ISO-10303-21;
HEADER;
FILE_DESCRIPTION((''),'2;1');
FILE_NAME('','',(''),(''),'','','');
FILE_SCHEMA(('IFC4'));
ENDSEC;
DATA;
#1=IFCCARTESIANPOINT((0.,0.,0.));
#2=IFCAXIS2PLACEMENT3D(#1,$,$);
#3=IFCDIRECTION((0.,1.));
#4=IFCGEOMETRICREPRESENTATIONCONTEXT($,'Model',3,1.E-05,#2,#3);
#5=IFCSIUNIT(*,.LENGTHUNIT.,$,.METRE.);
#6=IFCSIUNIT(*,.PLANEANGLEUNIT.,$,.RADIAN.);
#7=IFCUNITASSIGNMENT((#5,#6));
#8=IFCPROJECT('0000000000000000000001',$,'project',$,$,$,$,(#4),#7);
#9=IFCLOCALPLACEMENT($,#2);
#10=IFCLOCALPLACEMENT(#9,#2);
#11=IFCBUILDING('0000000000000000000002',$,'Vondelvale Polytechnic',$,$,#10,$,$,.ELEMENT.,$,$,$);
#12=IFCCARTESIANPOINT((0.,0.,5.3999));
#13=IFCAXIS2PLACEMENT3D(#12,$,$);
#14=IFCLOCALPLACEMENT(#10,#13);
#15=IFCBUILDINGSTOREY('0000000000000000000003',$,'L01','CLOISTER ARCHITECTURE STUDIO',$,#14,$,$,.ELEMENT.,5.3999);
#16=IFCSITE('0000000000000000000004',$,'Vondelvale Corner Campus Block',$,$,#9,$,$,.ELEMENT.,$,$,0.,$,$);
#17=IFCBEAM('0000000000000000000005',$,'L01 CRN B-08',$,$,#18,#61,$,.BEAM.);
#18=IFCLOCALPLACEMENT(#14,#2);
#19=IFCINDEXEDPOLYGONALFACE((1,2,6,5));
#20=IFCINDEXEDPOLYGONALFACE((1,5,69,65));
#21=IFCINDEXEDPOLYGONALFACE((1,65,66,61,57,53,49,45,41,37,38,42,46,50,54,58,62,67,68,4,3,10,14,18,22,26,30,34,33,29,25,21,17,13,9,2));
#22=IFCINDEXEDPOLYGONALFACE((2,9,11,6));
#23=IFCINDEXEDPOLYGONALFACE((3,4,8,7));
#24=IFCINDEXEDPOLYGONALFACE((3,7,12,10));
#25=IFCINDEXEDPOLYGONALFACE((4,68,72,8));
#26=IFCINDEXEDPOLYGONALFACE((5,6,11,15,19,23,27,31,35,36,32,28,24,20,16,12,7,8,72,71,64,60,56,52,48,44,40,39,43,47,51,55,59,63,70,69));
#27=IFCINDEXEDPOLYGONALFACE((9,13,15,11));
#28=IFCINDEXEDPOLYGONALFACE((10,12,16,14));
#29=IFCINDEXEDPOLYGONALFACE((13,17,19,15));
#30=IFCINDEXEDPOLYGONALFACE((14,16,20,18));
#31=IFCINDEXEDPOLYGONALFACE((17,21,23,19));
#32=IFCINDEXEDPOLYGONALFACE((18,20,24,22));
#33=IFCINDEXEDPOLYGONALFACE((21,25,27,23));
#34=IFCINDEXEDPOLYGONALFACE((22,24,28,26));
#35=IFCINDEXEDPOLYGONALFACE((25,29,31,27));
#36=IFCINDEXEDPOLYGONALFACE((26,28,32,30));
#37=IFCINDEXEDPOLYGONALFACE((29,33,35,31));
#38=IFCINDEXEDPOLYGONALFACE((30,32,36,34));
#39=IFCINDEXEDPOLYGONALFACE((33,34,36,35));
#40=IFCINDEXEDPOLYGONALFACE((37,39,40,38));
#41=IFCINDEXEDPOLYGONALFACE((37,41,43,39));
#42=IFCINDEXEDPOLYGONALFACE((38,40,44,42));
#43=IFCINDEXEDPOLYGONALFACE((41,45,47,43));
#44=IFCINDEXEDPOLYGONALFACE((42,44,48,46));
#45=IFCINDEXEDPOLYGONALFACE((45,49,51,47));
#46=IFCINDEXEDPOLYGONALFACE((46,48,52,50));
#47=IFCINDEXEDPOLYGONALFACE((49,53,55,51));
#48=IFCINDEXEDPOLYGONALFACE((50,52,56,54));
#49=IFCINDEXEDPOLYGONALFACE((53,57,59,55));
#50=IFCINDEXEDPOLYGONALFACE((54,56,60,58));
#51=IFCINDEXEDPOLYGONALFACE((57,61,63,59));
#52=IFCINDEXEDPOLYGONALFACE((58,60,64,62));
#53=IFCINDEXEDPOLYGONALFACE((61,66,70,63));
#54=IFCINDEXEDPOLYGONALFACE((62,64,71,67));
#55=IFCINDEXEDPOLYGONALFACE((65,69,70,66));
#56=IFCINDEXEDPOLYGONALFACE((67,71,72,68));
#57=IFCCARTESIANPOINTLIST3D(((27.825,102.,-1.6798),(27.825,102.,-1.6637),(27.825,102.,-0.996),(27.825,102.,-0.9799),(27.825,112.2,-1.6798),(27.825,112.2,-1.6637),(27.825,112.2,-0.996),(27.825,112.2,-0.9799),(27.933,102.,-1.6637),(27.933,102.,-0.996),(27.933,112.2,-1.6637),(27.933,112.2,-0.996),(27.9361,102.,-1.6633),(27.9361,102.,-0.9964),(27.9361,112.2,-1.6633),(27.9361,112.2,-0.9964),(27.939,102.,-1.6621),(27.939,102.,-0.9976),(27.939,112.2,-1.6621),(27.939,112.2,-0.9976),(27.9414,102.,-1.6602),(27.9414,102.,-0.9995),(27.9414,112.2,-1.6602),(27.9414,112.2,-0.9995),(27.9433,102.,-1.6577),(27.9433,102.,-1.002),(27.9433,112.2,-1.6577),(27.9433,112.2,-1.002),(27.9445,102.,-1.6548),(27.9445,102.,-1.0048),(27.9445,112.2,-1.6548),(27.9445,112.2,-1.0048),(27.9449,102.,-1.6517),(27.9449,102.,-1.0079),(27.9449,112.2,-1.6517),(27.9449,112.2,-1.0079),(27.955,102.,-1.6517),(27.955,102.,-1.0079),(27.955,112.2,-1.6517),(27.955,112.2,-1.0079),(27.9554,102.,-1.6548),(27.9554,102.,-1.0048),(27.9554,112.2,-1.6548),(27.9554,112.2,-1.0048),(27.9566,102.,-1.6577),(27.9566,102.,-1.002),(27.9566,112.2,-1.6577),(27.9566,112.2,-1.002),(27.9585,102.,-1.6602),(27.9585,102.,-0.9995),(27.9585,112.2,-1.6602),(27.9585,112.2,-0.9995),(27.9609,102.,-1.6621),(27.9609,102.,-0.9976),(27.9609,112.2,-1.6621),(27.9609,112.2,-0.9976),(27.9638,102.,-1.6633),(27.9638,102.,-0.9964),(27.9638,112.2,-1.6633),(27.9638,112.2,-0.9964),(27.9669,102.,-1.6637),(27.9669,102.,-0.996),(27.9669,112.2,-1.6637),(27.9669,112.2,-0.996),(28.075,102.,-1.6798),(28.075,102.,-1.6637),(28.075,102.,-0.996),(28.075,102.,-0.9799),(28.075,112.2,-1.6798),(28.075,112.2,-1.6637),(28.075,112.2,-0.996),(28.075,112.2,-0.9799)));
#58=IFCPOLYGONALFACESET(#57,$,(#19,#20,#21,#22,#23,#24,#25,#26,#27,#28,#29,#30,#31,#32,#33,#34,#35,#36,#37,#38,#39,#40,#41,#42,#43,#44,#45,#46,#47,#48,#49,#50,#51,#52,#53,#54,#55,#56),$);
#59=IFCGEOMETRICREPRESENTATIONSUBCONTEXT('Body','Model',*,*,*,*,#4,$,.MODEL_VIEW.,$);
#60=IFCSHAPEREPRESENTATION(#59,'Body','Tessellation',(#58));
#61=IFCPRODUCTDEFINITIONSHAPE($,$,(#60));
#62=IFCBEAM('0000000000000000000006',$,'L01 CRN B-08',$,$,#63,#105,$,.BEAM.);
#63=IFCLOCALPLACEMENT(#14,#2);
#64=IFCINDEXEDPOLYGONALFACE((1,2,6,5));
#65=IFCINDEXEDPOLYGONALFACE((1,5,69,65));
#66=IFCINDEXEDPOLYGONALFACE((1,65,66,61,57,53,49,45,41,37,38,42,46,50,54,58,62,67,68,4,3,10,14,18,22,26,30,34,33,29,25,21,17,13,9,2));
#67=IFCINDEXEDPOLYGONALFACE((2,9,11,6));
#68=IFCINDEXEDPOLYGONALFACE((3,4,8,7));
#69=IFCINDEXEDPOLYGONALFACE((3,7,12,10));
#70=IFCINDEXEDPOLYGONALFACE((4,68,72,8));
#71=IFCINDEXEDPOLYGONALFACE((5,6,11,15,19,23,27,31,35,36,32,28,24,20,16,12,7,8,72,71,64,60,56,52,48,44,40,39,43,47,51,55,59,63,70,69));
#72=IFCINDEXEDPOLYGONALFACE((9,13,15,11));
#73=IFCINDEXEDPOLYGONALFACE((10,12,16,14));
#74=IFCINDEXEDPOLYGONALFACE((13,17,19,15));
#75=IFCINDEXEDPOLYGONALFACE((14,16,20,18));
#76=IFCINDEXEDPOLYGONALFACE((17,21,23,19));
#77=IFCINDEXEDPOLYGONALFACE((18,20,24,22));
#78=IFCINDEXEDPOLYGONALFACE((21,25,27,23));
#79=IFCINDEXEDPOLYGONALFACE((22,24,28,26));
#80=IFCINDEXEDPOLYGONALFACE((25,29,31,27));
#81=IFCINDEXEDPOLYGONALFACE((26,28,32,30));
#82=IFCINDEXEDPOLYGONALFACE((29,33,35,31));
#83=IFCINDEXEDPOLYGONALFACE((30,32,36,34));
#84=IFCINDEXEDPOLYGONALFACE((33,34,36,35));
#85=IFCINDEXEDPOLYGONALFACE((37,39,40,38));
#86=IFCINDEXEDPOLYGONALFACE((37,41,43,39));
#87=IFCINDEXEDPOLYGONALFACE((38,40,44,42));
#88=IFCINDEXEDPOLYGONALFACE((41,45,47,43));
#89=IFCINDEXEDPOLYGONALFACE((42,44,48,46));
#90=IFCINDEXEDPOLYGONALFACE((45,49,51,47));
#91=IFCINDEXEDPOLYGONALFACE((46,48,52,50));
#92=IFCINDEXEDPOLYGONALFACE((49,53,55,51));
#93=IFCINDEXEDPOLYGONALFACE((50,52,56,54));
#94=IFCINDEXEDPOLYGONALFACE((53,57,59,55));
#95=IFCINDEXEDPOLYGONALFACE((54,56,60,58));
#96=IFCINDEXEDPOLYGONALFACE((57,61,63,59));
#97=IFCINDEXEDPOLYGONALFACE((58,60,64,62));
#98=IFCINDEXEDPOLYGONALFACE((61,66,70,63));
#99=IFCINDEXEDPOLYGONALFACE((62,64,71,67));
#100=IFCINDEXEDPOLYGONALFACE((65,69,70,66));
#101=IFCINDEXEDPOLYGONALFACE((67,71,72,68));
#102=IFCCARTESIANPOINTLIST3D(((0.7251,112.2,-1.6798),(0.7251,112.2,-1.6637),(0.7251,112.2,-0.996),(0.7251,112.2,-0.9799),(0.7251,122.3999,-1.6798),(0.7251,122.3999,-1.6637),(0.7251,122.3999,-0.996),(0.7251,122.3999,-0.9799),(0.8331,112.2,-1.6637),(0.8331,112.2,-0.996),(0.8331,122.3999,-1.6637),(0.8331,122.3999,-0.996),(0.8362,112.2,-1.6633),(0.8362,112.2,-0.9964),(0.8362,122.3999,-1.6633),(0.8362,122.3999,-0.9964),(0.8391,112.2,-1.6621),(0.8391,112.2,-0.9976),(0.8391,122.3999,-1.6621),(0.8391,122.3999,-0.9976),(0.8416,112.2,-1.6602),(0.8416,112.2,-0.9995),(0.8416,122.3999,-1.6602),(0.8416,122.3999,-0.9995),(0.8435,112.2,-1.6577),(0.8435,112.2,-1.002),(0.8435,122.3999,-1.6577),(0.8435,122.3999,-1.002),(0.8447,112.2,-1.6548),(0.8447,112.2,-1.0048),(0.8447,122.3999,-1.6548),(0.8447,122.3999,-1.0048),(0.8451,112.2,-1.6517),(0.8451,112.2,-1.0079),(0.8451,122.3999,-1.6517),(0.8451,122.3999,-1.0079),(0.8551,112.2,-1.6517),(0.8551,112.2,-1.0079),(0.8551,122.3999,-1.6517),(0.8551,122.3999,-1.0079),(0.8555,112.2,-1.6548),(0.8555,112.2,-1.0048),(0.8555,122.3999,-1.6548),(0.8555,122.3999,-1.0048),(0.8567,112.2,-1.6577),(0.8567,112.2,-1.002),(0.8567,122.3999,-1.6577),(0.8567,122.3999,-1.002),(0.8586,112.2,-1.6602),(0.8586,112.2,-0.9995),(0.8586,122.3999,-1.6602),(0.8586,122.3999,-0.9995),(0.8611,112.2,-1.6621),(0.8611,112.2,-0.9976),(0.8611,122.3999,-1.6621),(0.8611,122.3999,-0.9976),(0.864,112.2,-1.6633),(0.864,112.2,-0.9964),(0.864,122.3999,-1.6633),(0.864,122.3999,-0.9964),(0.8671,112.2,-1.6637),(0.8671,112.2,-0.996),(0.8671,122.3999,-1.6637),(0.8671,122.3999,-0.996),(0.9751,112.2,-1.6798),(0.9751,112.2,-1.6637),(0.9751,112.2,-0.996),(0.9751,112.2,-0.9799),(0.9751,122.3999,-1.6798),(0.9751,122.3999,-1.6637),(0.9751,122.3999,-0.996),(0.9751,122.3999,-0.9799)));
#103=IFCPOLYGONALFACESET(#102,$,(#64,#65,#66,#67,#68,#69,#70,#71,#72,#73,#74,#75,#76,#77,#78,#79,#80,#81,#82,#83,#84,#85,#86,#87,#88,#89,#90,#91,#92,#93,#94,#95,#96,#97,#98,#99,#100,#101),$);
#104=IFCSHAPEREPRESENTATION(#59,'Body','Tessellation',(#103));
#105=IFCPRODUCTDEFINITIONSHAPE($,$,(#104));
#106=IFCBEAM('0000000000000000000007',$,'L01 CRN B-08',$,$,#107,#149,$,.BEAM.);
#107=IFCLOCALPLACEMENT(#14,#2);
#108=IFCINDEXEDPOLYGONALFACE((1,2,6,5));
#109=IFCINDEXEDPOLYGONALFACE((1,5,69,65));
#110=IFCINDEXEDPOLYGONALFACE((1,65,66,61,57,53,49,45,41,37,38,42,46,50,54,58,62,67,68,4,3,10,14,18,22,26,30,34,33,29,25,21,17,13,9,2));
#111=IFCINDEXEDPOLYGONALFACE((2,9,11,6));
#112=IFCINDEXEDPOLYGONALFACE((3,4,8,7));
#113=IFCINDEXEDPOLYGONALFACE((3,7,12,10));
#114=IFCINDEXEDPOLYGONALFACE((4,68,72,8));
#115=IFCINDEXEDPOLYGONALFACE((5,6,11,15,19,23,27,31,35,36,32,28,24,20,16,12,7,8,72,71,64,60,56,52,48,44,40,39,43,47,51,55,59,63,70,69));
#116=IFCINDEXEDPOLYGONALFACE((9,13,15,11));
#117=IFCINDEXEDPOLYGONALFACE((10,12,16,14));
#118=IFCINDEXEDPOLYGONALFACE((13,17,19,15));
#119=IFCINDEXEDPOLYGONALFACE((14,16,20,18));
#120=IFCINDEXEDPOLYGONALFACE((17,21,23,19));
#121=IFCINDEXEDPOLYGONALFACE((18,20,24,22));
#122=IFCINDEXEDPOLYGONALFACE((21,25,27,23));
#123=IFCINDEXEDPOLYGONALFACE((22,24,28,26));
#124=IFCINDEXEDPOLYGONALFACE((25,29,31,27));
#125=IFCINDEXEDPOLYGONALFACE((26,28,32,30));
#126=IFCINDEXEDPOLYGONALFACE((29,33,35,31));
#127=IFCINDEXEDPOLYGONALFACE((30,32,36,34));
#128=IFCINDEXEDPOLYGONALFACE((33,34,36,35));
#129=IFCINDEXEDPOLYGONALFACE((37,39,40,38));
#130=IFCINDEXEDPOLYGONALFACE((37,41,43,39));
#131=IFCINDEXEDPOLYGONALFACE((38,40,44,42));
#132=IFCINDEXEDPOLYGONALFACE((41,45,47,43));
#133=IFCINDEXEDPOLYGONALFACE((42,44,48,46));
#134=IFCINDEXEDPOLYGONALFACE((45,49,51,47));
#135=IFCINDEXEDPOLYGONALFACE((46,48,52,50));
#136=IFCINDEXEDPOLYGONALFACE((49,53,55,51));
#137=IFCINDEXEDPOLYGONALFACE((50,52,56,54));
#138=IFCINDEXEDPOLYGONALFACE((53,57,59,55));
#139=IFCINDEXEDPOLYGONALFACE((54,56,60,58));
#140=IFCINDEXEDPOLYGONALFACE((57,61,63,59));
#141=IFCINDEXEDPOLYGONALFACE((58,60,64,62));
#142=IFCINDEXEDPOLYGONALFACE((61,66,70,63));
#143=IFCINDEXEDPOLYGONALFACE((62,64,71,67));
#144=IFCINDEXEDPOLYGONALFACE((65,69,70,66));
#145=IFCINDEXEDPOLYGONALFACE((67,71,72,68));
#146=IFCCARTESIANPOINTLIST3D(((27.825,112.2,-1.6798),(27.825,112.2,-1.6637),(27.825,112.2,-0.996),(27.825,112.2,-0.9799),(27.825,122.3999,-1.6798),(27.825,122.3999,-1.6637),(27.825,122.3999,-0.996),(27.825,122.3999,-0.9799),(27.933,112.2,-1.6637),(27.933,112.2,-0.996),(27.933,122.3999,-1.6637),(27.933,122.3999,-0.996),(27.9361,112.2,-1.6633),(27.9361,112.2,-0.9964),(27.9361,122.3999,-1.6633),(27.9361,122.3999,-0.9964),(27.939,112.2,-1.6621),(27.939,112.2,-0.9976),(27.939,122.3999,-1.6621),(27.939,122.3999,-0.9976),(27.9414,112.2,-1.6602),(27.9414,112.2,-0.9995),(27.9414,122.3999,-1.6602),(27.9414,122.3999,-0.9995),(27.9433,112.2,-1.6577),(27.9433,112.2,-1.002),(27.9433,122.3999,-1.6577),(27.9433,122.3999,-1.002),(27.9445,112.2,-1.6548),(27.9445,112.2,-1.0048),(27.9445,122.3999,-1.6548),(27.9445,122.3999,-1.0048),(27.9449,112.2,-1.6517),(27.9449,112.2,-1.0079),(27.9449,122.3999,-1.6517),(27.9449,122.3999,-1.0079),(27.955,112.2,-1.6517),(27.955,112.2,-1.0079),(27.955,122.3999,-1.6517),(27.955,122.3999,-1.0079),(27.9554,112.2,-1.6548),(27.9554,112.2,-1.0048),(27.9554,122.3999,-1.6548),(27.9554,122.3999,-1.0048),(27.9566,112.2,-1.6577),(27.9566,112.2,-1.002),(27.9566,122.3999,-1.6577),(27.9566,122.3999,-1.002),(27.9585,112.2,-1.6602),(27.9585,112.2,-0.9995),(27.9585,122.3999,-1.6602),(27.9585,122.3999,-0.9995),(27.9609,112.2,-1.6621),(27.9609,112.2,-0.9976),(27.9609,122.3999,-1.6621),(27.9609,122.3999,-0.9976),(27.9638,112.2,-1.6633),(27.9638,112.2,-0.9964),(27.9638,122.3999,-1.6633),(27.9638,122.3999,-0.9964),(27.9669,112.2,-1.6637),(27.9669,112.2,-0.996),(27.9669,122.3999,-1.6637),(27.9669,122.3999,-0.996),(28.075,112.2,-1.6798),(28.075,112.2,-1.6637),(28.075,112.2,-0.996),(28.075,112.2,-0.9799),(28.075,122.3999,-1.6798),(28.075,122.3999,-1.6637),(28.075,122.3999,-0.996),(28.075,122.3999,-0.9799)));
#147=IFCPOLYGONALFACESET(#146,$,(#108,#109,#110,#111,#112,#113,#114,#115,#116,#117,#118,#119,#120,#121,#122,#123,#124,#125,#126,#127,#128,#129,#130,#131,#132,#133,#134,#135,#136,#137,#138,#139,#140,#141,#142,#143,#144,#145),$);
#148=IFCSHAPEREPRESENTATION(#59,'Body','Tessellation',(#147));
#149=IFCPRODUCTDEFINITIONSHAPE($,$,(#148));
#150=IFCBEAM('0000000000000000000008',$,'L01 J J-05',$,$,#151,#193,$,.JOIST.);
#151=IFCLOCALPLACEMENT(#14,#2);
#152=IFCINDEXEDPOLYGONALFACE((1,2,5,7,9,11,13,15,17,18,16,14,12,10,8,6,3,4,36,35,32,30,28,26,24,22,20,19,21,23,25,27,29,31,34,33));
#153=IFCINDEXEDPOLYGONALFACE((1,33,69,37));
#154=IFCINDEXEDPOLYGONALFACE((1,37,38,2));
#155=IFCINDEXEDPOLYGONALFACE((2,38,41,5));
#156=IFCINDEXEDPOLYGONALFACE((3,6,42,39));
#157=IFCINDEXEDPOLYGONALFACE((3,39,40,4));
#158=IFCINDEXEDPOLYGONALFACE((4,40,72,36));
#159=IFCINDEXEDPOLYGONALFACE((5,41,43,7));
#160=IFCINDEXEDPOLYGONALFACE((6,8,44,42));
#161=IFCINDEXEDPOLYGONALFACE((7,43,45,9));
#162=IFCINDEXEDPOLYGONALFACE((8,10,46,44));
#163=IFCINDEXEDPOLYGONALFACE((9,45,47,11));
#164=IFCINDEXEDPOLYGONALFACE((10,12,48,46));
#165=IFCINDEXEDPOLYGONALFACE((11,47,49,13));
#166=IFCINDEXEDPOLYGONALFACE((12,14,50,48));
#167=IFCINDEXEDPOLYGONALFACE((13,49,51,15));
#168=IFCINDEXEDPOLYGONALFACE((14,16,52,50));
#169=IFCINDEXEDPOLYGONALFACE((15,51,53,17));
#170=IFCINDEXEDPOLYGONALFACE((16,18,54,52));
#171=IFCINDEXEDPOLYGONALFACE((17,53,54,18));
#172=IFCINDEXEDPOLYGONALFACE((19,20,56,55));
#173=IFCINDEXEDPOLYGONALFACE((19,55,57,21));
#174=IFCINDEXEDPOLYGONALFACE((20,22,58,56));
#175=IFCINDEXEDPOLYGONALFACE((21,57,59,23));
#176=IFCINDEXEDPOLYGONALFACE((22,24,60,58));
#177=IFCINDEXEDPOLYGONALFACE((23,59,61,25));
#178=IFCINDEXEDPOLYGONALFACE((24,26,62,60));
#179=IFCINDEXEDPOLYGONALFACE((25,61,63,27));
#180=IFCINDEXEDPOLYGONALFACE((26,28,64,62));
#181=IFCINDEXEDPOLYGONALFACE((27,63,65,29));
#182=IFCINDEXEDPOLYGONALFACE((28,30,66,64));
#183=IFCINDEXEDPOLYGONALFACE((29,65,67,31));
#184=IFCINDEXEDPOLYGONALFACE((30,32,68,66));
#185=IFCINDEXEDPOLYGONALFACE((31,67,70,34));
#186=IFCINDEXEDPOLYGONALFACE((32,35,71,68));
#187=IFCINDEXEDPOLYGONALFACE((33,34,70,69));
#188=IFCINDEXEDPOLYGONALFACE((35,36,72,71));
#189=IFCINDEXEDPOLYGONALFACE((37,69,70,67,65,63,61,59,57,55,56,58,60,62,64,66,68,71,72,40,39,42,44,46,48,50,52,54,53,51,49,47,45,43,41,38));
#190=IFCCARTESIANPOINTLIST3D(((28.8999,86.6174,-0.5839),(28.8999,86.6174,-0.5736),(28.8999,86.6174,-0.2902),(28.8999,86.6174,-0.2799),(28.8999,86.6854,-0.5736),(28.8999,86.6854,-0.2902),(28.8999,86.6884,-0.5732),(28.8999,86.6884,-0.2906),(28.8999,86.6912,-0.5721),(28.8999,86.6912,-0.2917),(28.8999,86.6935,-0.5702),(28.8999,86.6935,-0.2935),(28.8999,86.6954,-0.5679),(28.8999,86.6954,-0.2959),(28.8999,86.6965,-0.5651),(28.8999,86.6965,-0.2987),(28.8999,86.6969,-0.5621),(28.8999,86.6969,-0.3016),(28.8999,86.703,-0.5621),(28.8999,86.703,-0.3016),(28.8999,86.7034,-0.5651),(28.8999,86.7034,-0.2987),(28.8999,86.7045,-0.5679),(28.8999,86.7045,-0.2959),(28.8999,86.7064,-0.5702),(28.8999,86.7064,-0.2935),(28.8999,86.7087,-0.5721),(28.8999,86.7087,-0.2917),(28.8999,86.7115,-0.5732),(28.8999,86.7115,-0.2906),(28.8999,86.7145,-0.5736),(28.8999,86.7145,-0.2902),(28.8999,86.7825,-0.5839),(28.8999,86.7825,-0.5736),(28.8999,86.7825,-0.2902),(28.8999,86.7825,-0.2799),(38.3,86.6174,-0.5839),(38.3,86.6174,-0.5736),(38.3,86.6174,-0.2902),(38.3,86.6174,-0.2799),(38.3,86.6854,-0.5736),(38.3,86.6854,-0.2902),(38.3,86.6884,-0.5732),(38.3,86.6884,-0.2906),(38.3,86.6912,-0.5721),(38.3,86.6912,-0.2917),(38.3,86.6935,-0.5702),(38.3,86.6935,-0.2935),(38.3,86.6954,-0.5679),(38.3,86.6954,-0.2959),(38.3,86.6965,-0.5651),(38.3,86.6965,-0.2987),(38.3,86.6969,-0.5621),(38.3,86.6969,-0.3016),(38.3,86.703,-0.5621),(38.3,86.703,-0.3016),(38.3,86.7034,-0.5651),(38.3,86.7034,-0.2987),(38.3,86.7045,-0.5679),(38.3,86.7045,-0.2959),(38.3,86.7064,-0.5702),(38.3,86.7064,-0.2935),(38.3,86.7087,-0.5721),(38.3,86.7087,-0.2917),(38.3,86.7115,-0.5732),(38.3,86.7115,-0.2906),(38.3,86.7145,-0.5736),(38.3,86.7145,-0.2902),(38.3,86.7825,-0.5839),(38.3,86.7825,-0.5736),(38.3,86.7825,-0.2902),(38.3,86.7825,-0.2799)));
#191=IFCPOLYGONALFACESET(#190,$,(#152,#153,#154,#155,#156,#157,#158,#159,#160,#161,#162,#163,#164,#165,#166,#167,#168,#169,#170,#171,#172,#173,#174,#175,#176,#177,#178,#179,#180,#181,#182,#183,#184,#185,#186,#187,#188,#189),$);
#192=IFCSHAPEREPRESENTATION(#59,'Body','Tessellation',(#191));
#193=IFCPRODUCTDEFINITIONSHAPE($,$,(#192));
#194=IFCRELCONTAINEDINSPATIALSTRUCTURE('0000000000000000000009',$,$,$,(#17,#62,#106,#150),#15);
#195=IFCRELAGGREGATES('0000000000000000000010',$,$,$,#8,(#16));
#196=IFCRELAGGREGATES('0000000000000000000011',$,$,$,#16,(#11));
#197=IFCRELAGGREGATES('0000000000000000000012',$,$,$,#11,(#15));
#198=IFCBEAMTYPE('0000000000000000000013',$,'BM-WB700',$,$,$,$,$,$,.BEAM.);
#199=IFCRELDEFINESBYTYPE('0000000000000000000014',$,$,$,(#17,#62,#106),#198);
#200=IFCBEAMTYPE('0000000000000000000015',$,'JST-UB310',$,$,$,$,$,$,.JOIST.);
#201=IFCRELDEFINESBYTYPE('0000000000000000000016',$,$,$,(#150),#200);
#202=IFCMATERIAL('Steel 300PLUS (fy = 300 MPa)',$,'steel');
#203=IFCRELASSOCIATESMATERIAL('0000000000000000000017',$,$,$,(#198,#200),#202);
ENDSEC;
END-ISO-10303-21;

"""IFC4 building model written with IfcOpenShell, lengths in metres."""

from ifc_helpers import new_model, si_unit, direction, frame, origin, origin_2d, place, context, subcontext, project, spatial, i_section, extrude, material, material_profile, profile_set, type_object, element, save


model = new_model("IFC4")

# Units and contexts
model_context = context("Model", 3, precision=1e-05, world=origin(), true_north=direction((0.0, 1.0)))
body_context = subcontext(model_context, "Body", "Model", "MODEL_VIEW")
ifc_project = project(units=[si_unit("LENGTHUNIT", "METRE"), si_unit("PLANEANGLEUNIT", "RADIAN")], contexts=[model_context])

# Site, building, storey
site_placement = place(None, origin())
site = spatial("IfcSite", under=ifc_project, at=site_placement, Name="Vondelvale Corner Campus Block", CompositionType="ELEMENT", RefElevation=0.0)
building_placement = place(site_placement, origin())
building = spatial("IfcBuilding", under=site, at=building_placement, Name="Vondelvale Polytechnic", CompositionType="ELEMENT")
storey_placement = place(building_placement, frame((0.0, 0.0, 5.3999)))
storey = spatial("IfcBuildingStorey", under=building, at=storey_placement, Name="L01", Description="CLOISTER ARCHITECTURE STUDIO", CompositionType="ELEMENT", Elevation=5.3999)

# Shared definitions
ifc_material_1 = material(Name="Steel 300PLUS (fy = 300 MPa)", Category="steel")

# Beams
ifc_material_profile_1 = material_profile(ifc_material_1, i_section(OverallWidth=0.25, OverallDepth=0.7, WebThickness=0.01, FlangeThickness=0.0161, FilletRadius=0.012, at=origin_2d()), Name="700WB130")
ifc_profile_set_1 = profile_set([ifc_material_profile_1], Name="Steel 300PLUS (fy = 300 MPa)")
beam_type_1 = type_object("IfcBeamType", Name="BM-WB700", PredefinedType="BEAM", material=ifc_profile_set_1)
for number, where, z_axis, x_axis, name in (
    (1, (27.95, 102.0, -1.3298), (0.0, 1.0, 0.0), (-1.0, 0.0, 0.0), "L01 CRN B-08"),
    (2, (0.8501, 112.2, -1.3298), (0.0, 1.0, 0.0), (-1.0, 0.0, 0.0), "L01 CRN B-08"),
    (3, (27.95, 112.2, -1.3298), (0.0, 1.0, 0.0), (-1.0, 0.0, 0.0), "L01 CRN B-08"),
):
    element("IfcBeam", number, at=place(storey_placement, frame(where, z_axis=z_axis, x_axis=x_axis)), inside=storey, type_object=beam_type_1, Name=name, PredefinedType="BEAM", context=body_context, shape_type="SweptSolid", body=[
        extrude(i_section(OverallWidth=0.25, OverallDepth=0.7, WebThickness=0.01, FlangeThickness=0.0161, FilletRadius=0.012, at=origin_2d()), origin(), (0.0, 0.0, 1.0), 10.2),
    ])
ifc_material_profile_2 = material_profile(ifc_material_1, i_section(OverallWidth=0.165, OverallDepth=0.304, WebThickness=0.0061, FlangeThickness=0.0103, FilletRadius=0.0115, at=origin_2d()), Name="310UB40.4")
ifc_profile_set_2 = profile_set([ifc_material_profile_2], Name="Steel 300PLUS (fy = 300 MPa)")
beam_type_2 = type_object("IfcBeamType", Name="JST-UB310", PredefinedType="JOIST", material=ifc_profile_set_2)
for number, where, z_axis, x_axis, name in (
    (4, (28.8999, 86.7, -0.4319), (1.0, 0.0, 0.0), (0.0, 1.0, 0.0), "L01 J J-05"),
):
    element("IfcBeam", number, at=place(storey_placement, frame(where, z_axis=z_axis, x_axis=x_axis)), inside=storey, type_object=beam_type_2, Name=name, PredefinedType="JOIST", context=body_context, shape_type="SweptSolid", body=[
        extrude(i_section(OverallWidth=0.165, OverallDepth=0.304, WebThickness=0.0061, FlangeThickness=0.0103, FilletRadius=0.0115, at=origin_2d()), origin(), (0.0, 0.0, 1.0), 9.4001),
    ])

save(model, "model.ifc")
